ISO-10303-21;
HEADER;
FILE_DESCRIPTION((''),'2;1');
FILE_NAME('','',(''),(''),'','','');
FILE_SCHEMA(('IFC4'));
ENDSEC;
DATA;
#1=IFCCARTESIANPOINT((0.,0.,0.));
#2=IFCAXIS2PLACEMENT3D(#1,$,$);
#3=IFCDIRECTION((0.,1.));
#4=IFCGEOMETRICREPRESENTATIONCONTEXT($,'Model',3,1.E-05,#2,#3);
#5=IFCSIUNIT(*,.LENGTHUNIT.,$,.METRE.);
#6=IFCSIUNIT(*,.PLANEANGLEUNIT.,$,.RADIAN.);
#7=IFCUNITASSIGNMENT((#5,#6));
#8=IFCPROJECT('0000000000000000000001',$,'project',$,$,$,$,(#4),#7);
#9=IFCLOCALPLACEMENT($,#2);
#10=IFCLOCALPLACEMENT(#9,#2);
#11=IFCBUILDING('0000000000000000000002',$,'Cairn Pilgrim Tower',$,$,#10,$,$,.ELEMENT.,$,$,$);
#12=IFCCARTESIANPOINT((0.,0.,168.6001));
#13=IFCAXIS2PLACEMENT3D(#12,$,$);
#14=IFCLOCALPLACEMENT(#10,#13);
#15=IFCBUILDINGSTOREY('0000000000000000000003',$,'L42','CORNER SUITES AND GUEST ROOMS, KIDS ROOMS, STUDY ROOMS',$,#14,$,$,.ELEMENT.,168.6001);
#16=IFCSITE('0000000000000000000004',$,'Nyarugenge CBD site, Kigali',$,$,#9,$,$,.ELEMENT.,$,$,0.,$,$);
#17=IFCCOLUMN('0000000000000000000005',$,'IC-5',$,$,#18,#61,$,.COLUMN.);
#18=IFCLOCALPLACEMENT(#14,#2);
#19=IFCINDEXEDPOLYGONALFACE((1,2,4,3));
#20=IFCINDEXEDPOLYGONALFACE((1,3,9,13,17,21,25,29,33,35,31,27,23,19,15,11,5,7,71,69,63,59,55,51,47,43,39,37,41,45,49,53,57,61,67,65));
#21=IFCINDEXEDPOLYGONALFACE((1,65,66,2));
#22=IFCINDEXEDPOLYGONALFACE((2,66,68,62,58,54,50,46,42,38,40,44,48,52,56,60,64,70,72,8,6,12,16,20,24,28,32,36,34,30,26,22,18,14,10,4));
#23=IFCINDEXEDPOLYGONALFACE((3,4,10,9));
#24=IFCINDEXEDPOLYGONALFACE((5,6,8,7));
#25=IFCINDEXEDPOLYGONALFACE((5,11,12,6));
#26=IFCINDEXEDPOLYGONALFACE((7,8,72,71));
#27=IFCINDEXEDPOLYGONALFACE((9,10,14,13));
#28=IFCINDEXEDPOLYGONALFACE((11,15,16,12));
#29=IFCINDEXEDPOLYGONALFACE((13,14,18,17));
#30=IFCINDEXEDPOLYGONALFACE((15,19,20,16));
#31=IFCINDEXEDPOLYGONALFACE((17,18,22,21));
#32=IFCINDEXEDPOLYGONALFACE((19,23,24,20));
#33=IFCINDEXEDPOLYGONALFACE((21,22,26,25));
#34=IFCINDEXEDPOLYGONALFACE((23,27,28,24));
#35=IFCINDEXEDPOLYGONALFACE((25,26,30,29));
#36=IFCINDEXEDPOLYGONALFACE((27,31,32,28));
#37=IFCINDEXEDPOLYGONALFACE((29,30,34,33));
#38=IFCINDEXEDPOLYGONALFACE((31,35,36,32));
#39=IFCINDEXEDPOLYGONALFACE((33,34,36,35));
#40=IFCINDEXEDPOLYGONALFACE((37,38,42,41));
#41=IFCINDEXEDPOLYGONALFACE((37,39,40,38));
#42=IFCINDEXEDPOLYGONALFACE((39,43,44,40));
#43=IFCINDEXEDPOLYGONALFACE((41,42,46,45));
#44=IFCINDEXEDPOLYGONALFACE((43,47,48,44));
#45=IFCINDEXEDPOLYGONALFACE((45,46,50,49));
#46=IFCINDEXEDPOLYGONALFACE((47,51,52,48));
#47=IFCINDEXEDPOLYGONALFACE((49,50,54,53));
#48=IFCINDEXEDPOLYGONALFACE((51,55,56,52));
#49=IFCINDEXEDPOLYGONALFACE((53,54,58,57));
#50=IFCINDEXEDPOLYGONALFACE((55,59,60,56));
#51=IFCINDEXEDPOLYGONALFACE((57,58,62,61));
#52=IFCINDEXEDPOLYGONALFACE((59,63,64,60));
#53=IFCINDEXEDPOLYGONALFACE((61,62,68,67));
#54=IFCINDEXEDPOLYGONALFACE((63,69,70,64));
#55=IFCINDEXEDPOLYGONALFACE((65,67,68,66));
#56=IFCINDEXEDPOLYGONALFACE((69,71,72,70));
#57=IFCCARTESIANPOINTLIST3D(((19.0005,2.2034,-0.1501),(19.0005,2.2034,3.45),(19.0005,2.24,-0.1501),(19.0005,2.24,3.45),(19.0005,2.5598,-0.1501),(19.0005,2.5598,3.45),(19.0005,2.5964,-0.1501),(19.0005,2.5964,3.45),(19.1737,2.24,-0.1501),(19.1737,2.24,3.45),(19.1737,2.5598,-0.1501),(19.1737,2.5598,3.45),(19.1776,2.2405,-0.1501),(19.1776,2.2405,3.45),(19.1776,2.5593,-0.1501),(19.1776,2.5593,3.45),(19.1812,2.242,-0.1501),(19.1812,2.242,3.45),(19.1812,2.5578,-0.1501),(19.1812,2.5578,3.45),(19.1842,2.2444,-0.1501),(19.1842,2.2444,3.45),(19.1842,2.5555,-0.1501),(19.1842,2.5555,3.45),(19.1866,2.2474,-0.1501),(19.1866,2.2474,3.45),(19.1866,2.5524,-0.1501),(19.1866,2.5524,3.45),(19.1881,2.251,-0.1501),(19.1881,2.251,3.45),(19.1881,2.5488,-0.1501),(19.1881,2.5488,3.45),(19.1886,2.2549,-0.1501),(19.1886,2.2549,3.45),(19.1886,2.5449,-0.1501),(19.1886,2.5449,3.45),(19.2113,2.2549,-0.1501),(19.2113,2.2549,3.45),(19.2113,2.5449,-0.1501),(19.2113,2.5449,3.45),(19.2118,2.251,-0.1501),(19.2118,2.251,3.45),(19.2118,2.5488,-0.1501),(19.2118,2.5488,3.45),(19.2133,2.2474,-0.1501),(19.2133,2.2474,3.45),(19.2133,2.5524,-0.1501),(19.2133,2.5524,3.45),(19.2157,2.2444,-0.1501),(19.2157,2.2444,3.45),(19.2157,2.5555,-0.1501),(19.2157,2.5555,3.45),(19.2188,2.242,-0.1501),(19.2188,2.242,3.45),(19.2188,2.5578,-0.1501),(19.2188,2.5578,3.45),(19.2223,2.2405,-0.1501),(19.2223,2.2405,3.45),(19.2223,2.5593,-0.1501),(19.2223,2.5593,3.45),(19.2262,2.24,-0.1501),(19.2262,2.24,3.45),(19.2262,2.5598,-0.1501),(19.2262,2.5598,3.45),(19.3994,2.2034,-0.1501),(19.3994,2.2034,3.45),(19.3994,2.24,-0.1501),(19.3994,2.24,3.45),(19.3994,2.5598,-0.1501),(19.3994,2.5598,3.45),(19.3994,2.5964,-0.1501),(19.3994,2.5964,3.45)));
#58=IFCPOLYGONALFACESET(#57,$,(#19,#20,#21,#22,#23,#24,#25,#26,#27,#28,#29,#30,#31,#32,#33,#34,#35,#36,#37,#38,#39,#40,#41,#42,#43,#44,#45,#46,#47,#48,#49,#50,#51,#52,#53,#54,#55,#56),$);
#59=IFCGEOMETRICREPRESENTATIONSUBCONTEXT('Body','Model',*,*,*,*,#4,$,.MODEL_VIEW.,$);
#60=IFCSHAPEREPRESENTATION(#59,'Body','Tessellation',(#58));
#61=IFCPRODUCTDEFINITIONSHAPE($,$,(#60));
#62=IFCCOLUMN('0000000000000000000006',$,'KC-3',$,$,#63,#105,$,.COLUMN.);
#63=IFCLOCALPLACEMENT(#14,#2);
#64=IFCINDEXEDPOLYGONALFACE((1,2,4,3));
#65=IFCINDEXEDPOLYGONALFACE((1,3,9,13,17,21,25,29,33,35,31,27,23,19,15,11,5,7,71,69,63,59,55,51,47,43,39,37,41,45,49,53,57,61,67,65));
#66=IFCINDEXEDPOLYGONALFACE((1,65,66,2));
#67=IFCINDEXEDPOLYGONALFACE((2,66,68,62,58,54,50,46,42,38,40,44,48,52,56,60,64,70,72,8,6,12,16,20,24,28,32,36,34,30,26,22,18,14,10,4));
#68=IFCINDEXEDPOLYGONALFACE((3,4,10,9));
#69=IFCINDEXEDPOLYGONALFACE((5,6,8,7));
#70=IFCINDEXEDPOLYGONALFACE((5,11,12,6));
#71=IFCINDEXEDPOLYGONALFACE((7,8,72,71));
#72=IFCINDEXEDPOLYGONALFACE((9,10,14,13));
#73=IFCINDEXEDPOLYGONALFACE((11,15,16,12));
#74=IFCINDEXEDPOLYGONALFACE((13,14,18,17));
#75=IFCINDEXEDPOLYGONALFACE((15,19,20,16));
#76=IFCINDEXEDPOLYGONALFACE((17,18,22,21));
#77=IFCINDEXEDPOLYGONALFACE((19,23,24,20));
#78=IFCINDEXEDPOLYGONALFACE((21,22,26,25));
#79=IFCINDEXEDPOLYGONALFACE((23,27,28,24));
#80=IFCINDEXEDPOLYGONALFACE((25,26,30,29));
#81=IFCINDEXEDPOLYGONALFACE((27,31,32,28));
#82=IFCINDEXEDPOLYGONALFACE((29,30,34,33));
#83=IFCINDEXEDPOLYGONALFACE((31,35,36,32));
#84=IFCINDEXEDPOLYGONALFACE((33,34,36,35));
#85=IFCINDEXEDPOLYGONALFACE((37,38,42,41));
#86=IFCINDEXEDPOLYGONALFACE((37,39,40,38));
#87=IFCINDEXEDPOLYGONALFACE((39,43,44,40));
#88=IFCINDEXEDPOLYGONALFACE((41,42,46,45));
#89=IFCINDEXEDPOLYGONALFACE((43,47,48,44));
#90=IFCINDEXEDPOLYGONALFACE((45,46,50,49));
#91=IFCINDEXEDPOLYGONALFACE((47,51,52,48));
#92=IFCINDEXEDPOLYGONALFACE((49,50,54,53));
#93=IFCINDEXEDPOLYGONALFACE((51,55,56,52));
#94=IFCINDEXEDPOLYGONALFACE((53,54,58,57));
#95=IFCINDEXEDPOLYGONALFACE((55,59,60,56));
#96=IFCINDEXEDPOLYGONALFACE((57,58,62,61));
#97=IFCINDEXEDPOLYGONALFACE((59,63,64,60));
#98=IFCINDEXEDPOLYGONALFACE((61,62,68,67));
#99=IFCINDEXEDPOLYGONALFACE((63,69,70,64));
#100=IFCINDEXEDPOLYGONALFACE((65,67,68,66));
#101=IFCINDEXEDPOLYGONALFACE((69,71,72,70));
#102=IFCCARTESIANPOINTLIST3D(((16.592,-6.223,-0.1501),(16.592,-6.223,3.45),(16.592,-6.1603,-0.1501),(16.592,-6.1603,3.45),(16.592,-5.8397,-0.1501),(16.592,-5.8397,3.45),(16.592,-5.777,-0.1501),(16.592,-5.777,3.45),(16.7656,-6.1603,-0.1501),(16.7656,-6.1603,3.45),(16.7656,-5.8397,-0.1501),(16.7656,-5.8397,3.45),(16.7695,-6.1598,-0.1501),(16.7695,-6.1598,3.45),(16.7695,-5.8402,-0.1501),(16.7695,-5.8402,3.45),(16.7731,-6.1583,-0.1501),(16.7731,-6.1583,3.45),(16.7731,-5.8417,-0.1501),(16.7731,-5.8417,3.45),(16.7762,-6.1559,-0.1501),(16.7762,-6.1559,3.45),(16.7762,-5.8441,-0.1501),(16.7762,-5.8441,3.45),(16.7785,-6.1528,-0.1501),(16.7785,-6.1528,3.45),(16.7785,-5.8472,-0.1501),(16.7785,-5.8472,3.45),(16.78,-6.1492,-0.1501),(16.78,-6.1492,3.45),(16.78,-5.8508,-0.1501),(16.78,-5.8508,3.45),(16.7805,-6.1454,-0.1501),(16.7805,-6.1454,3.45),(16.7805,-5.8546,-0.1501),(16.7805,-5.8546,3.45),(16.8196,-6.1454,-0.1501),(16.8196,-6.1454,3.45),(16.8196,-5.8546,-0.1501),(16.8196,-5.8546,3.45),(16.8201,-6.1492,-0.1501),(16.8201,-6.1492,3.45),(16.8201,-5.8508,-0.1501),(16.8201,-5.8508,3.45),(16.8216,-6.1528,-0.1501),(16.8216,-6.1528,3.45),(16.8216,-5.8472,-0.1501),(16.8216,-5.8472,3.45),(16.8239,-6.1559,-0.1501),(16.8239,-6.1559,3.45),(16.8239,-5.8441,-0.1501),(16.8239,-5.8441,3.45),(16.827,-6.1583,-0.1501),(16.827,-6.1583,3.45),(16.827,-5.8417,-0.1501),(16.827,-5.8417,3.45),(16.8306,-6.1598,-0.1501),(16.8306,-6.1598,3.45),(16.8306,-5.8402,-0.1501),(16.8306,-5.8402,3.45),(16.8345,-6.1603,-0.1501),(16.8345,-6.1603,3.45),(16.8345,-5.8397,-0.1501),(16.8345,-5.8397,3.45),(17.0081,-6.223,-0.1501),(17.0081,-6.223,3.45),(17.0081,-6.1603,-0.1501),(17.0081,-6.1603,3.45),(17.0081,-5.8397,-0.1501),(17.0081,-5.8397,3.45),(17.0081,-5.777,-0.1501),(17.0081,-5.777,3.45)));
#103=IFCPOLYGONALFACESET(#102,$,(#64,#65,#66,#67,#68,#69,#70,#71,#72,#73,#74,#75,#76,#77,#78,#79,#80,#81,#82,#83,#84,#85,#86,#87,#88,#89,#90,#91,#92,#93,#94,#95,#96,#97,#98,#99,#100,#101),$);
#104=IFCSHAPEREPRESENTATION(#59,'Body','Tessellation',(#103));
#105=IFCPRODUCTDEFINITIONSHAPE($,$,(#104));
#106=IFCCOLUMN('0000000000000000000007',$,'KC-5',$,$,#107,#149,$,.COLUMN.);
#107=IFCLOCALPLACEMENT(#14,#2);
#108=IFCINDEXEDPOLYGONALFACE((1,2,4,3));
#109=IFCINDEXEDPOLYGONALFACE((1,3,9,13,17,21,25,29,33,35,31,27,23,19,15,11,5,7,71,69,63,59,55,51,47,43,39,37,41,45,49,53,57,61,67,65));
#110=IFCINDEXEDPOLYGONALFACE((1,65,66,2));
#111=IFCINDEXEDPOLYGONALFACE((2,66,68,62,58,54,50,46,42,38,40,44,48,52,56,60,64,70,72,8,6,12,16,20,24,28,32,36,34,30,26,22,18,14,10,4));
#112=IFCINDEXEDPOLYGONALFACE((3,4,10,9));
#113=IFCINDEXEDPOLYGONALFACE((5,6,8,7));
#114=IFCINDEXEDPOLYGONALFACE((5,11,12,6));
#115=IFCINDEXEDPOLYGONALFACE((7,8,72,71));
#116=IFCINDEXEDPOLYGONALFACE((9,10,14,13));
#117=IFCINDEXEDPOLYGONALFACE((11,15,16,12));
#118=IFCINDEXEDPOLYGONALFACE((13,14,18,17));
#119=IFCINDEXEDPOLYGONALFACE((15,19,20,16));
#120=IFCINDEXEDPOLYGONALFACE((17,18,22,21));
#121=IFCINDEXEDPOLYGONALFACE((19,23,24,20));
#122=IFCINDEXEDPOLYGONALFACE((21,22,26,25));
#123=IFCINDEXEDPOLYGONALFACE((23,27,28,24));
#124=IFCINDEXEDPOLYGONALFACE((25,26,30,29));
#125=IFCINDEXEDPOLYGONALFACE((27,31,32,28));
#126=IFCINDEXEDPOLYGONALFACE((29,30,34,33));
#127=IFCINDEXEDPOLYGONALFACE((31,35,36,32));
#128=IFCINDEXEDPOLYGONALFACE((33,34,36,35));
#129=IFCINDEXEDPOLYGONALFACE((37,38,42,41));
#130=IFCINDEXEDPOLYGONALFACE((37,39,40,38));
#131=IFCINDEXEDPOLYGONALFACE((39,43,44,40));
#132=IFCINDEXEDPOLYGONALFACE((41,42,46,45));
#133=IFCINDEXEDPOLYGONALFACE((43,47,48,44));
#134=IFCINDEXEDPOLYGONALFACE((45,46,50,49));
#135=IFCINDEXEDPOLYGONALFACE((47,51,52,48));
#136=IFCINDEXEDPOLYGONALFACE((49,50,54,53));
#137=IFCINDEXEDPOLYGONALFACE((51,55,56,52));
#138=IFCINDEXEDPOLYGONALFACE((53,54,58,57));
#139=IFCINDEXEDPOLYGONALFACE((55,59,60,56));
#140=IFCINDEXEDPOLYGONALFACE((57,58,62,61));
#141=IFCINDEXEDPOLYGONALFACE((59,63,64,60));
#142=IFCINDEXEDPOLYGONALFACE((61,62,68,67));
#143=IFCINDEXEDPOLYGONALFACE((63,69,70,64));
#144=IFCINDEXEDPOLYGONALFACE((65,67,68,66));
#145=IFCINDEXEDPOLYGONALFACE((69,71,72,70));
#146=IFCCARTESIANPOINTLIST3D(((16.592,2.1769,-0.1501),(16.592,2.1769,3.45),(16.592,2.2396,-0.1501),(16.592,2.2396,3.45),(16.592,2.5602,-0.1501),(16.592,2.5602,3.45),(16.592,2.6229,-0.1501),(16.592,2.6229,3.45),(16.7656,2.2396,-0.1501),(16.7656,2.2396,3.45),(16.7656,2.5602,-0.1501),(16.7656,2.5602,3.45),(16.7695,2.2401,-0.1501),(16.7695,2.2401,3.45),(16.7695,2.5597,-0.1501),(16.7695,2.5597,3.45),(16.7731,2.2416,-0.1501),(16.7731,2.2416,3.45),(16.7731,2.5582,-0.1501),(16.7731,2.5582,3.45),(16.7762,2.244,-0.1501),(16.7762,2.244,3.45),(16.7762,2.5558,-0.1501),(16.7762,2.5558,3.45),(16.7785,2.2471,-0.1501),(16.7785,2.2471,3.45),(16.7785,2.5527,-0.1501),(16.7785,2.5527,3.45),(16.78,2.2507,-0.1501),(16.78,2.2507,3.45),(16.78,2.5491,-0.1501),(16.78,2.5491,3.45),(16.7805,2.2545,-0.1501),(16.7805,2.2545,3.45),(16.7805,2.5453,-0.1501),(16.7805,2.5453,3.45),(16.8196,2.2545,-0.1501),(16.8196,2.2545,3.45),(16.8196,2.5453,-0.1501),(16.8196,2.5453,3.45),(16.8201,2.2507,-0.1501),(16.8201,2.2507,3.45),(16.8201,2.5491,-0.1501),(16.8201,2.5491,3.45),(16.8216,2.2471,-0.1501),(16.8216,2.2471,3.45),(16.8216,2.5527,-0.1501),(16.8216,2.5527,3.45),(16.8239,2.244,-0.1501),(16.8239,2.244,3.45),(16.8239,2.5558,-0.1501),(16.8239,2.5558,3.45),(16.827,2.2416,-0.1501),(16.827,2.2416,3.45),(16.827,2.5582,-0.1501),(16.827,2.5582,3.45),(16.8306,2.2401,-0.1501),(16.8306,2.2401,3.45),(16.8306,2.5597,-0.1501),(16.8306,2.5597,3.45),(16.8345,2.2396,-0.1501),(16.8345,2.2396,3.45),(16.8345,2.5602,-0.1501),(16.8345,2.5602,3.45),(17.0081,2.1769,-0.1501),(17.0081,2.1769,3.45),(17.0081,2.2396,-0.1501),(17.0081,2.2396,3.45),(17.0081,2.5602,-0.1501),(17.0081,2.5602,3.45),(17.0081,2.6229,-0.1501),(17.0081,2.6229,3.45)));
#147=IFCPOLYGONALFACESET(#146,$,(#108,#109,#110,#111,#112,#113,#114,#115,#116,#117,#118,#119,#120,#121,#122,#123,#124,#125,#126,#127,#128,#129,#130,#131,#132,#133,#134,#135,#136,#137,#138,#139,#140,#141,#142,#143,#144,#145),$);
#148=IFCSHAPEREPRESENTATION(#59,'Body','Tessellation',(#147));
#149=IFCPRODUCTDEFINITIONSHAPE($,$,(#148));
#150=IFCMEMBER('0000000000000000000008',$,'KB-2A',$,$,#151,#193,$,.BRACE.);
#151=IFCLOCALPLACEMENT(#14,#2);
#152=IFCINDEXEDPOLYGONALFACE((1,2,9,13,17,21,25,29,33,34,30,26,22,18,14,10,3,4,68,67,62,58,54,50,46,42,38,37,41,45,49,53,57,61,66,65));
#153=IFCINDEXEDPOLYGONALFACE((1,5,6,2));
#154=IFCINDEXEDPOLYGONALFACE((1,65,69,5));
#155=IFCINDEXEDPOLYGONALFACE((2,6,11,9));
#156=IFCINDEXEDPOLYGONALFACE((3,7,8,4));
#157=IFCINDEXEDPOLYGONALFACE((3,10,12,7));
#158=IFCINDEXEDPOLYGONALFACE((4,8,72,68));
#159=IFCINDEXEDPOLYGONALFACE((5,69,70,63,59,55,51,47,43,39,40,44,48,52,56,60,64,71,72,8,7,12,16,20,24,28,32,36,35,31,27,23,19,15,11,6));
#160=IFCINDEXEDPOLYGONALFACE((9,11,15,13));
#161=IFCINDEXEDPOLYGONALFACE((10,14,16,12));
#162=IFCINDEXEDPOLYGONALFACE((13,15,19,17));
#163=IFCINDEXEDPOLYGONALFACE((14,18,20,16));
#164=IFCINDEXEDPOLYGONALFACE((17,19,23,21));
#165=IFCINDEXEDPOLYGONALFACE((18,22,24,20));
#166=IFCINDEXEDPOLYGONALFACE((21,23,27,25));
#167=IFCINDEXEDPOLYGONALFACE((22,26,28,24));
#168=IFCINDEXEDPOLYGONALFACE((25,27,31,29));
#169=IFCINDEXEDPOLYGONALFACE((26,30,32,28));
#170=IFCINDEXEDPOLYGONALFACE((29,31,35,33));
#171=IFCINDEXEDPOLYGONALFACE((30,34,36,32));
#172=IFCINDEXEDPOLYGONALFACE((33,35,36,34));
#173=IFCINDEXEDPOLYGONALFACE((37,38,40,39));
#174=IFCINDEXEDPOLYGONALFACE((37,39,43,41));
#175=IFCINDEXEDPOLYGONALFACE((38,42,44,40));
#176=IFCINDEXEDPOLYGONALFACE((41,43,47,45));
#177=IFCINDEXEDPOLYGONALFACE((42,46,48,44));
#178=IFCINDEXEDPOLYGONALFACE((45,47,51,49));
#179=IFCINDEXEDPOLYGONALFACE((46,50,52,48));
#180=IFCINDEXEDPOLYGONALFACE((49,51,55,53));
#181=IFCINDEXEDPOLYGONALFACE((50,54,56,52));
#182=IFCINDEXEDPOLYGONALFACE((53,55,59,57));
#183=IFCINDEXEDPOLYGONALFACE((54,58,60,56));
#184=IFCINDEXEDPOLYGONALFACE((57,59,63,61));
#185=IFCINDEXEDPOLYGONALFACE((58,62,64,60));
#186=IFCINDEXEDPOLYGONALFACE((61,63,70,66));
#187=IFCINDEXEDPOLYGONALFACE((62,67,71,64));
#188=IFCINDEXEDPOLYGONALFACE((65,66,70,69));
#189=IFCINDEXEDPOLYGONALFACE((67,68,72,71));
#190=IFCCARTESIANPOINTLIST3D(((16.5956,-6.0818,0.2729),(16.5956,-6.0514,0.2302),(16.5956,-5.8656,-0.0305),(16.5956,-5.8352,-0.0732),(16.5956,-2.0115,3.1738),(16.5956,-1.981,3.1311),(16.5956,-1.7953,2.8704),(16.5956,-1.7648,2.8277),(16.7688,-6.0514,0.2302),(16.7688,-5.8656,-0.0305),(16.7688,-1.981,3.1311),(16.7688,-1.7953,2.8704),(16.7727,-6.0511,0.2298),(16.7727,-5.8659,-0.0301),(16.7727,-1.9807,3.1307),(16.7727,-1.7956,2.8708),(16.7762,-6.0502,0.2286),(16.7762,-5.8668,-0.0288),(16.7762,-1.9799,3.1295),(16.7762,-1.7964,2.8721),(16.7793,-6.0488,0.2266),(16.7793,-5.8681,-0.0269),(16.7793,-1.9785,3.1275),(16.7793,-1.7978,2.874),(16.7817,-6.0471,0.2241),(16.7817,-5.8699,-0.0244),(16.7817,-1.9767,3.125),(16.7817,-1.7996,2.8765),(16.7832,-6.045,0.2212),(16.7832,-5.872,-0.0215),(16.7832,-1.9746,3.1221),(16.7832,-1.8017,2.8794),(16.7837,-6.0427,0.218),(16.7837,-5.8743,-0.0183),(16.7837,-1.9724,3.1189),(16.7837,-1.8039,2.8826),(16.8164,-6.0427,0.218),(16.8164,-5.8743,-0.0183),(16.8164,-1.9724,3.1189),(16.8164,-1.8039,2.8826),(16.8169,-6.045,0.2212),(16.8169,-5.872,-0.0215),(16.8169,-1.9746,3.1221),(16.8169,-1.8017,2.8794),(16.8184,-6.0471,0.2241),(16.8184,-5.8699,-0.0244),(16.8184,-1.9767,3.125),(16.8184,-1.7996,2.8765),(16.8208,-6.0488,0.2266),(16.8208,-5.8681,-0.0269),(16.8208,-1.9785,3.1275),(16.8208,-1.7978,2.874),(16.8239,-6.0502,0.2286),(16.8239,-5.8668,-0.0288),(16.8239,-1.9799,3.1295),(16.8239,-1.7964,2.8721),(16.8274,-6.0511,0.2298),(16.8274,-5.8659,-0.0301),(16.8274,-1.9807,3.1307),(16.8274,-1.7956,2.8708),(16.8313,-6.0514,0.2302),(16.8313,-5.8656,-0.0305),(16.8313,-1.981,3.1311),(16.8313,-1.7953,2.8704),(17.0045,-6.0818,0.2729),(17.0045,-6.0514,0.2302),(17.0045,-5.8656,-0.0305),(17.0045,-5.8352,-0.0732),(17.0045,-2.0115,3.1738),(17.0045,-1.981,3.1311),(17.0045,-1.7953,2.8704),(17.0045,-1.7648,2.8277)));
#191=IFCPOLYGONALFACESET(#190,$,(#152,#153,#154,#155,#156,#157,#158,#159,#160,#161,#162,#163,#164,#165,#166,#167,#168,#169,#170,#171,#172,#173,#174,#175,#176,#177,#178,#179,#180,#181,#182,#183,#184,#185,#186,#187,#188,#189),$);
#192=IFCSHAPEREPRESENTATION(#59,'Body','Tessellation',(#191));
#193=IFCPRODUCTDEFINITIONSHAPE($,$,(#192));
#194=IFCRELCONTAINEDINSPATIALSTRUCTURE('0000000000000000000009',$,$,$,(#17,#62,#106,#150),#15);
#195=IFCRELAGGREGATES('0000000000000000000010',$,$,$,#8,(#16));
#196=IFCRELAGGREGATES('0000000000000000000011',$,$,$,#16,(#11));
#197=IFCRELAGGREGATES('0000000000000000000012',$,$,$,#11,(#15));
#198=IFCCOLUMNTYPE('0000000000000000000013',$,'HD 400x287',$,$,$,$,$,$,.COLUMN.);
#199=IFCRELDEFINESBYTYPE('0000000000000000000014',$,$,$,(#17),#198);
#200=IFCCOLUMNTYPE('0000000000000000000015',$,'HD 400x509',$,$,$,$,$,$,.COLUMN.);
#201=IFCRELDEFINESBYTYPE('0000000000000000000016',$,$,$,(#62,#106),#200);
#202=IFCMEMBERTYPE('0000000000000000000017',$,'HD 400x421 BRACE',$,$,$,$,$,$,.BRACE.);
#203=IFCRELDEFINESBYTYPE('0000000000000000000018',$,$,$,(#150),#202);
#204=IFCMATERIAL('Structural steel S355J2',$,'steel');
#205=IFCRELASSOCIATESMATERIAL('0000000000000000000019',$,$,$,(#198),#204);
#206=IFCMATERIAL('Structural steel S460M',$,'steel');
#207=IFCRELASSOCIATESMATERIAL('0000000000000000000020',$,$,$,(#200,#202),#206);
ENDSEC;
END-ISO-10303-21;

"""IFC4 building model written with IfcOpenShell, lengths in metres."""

from ifc_helpers import new_model, si_unit, direction, frame, origin, origin_2d, place, context, subcontext, project, spatial, i_section, extrude, material, material_profile, profile_set, type_object, element, save


model = new_model("IFC4")

# Units and contexts
model_context = context("Model", 3, precision=1e-05, world=origin(), true_north=direction((0.0, 1.0)))
body_context = subcontext(model_context, "Body", "Model", "MODEL_VIEW")
ifc_project = project(units=[si_unit("LENGTHUNIT", "METRE"), si_unit("PLANEANGLEUNIT", "RADIAN")], contexts=[model_context])

# Site, building, storey
site_placement = place(None, origin())
site = spatial("IfcSite", under=ifc_project, at=site_placement, Name="Nyarugenge CBD site, Kigali", CompositionType="ELEMENT", RefElevation=0.0)
building_placement = place(site_placement, origin())
building = spatial("IfcBuilding", under=site, at=building_placement, Name="Cairn Pilgrim Tower", CompositionType="ELEMENT")
storey_placement = place(building_placement, frame((0.0, 0.0, 168.6001)))
storey = spatial("IfcBuildingStorey", under=building, at=storey_placement, Name="L42", Description="CORNER SUITES AND GUEST ROOMS, KIDS ROOMS, STUDY ROOMS", CompositionType="ELEMENT", Elevation=168.6001)

# Columns
ifc_material_1 = material(Name="Structural steel S355J2", Category="steel")
ifc_material_profile_1 = material_profile(ifc_material_1, i_section(OverallWidth=0.3989, OverallDepth=0.3931, WebThickness=0.0227, FlangeThickness=0.0366, FilletRadius=0.0149, at=origin_2d()), Name="HD 400x287")
ifc_profile_set_1 = profile_set([ifc_material_profile_1], Name="Structural steel S355J2")
column_type_1 = type_object("IfcColumnType", Name="HD 400x287", PredefinedType="COLUMN", material=ifc_profile_set_1)
column_placement = place(storey_placement, frame((19.2, 2.3999, -0.1501), z_axis=(0.0, 0.0, 1.0), x_axis=(1.0, 0.0, 0.0)))
element("IfcColumn", 1, at=column_placement, inside=storey, type_object=column_type_1, Name="IC-5", PredefinedType="COLUMN", context=body_context, shape_type="SweptSolid", body=[
    extrude(i_section(OverallWidth=0.3989, OverallDepth=0.3931, WebThickness=0.0227, FlangeThickness=0.0366, FilletRadius=0.0149, at=origin_2d()), origin(), (0.0, 0.0, 1.0), 3.6001),
])
ifc_material_2 = material(Name="Structural steel S460M", Category="steel")
ifc_material_profile_2 = material_profile(ifc_material_2, i_section(OverallWidth=0.416, OverallDepth=0.446, WebThickness=0.0391, FlangeThickness=0.0627, FilletRadius=0.0149, at=origin_2d()), Name="HD 400x509")
ifc_profile_set_2 = profile_set([ifc_material_profile_2], Name="Structural steel S460M")
column_type_2 = type_object("IfcColumnType", Name="HD 400x509", PredefinedType="COLUMN", material=ifc_profile_set_2)
for number, where, z_axis, x_axis, name in (
    (2, (16.8, -6.0, -0.1501), (0.0, 0.0, 1.0), (1.0, 0.0, 0.0), "KC-3"),
    (3, (16.8, 2.3999, -0.1501), (0.0, 0.0, 1.0), (1.0, 0.0, 0.0), "KC-5"),
):
    element("IfcColumn", number, at=place(storey_placement, frame(where, z_axis=z_axis, x_axis=x_axis)), inside=storey, type_object=column_type_2, Name=name, PredefinedType="COLUMN", context=body_context, shape_type="SweptSolid", body=[
        extrude(i_section(OverallWidth=0.416, OverallDepth=0.446, WebThickness=0.0391, FlangeThickness=0.0627, FilletRadius=0.0149, at=origin_2d()), origin(), (0.0, 0.0, 1.0), 3.6001),
    ])

# Member
ifc_material_profile_3 = material_profile(ifc_material_2, i_section(OverallWidth=0.4089, OverallDepth=0.425, WebThickness=0.0327, FlangeThickness=0.0525, FilletRadius=0.0149, at=origin_2d()), Name="HD 400x421")
ifc_profile_set_3 = profile_set([ifc_material_profile_3], Name="Structural steel S460M")
member_type = type_object("IfcMemberType", Name="HD 400x421 BRACE", PredefinedType="BRACE", material=ifc_profile_set_3)
member_1_placement = place(storey_placement, frame((16.8, -5.9585, 0.0999), z_axis=(0.0, 0.814347, 0.580378), x_axis=(-1.0, 0.0, 0.0)))
element("IfcMember", 4, at=member_1_placement, inside=storey, type_object=member_type, Name="KB-2A", PredefinedType="BRACE", context=body_context, shape_type="SweptSolid", body=[
    extrude(i_section(OverallWidth=0.4089, OverallDepth=0.425, WebThickness=0.0327, FlangeThickness=0.0525, FilletRadius=0.0149, at=origin_2d()), origin(), (0.0, 0.0, 1.0), 4.9983),
])

save(model, "model.ifc")
